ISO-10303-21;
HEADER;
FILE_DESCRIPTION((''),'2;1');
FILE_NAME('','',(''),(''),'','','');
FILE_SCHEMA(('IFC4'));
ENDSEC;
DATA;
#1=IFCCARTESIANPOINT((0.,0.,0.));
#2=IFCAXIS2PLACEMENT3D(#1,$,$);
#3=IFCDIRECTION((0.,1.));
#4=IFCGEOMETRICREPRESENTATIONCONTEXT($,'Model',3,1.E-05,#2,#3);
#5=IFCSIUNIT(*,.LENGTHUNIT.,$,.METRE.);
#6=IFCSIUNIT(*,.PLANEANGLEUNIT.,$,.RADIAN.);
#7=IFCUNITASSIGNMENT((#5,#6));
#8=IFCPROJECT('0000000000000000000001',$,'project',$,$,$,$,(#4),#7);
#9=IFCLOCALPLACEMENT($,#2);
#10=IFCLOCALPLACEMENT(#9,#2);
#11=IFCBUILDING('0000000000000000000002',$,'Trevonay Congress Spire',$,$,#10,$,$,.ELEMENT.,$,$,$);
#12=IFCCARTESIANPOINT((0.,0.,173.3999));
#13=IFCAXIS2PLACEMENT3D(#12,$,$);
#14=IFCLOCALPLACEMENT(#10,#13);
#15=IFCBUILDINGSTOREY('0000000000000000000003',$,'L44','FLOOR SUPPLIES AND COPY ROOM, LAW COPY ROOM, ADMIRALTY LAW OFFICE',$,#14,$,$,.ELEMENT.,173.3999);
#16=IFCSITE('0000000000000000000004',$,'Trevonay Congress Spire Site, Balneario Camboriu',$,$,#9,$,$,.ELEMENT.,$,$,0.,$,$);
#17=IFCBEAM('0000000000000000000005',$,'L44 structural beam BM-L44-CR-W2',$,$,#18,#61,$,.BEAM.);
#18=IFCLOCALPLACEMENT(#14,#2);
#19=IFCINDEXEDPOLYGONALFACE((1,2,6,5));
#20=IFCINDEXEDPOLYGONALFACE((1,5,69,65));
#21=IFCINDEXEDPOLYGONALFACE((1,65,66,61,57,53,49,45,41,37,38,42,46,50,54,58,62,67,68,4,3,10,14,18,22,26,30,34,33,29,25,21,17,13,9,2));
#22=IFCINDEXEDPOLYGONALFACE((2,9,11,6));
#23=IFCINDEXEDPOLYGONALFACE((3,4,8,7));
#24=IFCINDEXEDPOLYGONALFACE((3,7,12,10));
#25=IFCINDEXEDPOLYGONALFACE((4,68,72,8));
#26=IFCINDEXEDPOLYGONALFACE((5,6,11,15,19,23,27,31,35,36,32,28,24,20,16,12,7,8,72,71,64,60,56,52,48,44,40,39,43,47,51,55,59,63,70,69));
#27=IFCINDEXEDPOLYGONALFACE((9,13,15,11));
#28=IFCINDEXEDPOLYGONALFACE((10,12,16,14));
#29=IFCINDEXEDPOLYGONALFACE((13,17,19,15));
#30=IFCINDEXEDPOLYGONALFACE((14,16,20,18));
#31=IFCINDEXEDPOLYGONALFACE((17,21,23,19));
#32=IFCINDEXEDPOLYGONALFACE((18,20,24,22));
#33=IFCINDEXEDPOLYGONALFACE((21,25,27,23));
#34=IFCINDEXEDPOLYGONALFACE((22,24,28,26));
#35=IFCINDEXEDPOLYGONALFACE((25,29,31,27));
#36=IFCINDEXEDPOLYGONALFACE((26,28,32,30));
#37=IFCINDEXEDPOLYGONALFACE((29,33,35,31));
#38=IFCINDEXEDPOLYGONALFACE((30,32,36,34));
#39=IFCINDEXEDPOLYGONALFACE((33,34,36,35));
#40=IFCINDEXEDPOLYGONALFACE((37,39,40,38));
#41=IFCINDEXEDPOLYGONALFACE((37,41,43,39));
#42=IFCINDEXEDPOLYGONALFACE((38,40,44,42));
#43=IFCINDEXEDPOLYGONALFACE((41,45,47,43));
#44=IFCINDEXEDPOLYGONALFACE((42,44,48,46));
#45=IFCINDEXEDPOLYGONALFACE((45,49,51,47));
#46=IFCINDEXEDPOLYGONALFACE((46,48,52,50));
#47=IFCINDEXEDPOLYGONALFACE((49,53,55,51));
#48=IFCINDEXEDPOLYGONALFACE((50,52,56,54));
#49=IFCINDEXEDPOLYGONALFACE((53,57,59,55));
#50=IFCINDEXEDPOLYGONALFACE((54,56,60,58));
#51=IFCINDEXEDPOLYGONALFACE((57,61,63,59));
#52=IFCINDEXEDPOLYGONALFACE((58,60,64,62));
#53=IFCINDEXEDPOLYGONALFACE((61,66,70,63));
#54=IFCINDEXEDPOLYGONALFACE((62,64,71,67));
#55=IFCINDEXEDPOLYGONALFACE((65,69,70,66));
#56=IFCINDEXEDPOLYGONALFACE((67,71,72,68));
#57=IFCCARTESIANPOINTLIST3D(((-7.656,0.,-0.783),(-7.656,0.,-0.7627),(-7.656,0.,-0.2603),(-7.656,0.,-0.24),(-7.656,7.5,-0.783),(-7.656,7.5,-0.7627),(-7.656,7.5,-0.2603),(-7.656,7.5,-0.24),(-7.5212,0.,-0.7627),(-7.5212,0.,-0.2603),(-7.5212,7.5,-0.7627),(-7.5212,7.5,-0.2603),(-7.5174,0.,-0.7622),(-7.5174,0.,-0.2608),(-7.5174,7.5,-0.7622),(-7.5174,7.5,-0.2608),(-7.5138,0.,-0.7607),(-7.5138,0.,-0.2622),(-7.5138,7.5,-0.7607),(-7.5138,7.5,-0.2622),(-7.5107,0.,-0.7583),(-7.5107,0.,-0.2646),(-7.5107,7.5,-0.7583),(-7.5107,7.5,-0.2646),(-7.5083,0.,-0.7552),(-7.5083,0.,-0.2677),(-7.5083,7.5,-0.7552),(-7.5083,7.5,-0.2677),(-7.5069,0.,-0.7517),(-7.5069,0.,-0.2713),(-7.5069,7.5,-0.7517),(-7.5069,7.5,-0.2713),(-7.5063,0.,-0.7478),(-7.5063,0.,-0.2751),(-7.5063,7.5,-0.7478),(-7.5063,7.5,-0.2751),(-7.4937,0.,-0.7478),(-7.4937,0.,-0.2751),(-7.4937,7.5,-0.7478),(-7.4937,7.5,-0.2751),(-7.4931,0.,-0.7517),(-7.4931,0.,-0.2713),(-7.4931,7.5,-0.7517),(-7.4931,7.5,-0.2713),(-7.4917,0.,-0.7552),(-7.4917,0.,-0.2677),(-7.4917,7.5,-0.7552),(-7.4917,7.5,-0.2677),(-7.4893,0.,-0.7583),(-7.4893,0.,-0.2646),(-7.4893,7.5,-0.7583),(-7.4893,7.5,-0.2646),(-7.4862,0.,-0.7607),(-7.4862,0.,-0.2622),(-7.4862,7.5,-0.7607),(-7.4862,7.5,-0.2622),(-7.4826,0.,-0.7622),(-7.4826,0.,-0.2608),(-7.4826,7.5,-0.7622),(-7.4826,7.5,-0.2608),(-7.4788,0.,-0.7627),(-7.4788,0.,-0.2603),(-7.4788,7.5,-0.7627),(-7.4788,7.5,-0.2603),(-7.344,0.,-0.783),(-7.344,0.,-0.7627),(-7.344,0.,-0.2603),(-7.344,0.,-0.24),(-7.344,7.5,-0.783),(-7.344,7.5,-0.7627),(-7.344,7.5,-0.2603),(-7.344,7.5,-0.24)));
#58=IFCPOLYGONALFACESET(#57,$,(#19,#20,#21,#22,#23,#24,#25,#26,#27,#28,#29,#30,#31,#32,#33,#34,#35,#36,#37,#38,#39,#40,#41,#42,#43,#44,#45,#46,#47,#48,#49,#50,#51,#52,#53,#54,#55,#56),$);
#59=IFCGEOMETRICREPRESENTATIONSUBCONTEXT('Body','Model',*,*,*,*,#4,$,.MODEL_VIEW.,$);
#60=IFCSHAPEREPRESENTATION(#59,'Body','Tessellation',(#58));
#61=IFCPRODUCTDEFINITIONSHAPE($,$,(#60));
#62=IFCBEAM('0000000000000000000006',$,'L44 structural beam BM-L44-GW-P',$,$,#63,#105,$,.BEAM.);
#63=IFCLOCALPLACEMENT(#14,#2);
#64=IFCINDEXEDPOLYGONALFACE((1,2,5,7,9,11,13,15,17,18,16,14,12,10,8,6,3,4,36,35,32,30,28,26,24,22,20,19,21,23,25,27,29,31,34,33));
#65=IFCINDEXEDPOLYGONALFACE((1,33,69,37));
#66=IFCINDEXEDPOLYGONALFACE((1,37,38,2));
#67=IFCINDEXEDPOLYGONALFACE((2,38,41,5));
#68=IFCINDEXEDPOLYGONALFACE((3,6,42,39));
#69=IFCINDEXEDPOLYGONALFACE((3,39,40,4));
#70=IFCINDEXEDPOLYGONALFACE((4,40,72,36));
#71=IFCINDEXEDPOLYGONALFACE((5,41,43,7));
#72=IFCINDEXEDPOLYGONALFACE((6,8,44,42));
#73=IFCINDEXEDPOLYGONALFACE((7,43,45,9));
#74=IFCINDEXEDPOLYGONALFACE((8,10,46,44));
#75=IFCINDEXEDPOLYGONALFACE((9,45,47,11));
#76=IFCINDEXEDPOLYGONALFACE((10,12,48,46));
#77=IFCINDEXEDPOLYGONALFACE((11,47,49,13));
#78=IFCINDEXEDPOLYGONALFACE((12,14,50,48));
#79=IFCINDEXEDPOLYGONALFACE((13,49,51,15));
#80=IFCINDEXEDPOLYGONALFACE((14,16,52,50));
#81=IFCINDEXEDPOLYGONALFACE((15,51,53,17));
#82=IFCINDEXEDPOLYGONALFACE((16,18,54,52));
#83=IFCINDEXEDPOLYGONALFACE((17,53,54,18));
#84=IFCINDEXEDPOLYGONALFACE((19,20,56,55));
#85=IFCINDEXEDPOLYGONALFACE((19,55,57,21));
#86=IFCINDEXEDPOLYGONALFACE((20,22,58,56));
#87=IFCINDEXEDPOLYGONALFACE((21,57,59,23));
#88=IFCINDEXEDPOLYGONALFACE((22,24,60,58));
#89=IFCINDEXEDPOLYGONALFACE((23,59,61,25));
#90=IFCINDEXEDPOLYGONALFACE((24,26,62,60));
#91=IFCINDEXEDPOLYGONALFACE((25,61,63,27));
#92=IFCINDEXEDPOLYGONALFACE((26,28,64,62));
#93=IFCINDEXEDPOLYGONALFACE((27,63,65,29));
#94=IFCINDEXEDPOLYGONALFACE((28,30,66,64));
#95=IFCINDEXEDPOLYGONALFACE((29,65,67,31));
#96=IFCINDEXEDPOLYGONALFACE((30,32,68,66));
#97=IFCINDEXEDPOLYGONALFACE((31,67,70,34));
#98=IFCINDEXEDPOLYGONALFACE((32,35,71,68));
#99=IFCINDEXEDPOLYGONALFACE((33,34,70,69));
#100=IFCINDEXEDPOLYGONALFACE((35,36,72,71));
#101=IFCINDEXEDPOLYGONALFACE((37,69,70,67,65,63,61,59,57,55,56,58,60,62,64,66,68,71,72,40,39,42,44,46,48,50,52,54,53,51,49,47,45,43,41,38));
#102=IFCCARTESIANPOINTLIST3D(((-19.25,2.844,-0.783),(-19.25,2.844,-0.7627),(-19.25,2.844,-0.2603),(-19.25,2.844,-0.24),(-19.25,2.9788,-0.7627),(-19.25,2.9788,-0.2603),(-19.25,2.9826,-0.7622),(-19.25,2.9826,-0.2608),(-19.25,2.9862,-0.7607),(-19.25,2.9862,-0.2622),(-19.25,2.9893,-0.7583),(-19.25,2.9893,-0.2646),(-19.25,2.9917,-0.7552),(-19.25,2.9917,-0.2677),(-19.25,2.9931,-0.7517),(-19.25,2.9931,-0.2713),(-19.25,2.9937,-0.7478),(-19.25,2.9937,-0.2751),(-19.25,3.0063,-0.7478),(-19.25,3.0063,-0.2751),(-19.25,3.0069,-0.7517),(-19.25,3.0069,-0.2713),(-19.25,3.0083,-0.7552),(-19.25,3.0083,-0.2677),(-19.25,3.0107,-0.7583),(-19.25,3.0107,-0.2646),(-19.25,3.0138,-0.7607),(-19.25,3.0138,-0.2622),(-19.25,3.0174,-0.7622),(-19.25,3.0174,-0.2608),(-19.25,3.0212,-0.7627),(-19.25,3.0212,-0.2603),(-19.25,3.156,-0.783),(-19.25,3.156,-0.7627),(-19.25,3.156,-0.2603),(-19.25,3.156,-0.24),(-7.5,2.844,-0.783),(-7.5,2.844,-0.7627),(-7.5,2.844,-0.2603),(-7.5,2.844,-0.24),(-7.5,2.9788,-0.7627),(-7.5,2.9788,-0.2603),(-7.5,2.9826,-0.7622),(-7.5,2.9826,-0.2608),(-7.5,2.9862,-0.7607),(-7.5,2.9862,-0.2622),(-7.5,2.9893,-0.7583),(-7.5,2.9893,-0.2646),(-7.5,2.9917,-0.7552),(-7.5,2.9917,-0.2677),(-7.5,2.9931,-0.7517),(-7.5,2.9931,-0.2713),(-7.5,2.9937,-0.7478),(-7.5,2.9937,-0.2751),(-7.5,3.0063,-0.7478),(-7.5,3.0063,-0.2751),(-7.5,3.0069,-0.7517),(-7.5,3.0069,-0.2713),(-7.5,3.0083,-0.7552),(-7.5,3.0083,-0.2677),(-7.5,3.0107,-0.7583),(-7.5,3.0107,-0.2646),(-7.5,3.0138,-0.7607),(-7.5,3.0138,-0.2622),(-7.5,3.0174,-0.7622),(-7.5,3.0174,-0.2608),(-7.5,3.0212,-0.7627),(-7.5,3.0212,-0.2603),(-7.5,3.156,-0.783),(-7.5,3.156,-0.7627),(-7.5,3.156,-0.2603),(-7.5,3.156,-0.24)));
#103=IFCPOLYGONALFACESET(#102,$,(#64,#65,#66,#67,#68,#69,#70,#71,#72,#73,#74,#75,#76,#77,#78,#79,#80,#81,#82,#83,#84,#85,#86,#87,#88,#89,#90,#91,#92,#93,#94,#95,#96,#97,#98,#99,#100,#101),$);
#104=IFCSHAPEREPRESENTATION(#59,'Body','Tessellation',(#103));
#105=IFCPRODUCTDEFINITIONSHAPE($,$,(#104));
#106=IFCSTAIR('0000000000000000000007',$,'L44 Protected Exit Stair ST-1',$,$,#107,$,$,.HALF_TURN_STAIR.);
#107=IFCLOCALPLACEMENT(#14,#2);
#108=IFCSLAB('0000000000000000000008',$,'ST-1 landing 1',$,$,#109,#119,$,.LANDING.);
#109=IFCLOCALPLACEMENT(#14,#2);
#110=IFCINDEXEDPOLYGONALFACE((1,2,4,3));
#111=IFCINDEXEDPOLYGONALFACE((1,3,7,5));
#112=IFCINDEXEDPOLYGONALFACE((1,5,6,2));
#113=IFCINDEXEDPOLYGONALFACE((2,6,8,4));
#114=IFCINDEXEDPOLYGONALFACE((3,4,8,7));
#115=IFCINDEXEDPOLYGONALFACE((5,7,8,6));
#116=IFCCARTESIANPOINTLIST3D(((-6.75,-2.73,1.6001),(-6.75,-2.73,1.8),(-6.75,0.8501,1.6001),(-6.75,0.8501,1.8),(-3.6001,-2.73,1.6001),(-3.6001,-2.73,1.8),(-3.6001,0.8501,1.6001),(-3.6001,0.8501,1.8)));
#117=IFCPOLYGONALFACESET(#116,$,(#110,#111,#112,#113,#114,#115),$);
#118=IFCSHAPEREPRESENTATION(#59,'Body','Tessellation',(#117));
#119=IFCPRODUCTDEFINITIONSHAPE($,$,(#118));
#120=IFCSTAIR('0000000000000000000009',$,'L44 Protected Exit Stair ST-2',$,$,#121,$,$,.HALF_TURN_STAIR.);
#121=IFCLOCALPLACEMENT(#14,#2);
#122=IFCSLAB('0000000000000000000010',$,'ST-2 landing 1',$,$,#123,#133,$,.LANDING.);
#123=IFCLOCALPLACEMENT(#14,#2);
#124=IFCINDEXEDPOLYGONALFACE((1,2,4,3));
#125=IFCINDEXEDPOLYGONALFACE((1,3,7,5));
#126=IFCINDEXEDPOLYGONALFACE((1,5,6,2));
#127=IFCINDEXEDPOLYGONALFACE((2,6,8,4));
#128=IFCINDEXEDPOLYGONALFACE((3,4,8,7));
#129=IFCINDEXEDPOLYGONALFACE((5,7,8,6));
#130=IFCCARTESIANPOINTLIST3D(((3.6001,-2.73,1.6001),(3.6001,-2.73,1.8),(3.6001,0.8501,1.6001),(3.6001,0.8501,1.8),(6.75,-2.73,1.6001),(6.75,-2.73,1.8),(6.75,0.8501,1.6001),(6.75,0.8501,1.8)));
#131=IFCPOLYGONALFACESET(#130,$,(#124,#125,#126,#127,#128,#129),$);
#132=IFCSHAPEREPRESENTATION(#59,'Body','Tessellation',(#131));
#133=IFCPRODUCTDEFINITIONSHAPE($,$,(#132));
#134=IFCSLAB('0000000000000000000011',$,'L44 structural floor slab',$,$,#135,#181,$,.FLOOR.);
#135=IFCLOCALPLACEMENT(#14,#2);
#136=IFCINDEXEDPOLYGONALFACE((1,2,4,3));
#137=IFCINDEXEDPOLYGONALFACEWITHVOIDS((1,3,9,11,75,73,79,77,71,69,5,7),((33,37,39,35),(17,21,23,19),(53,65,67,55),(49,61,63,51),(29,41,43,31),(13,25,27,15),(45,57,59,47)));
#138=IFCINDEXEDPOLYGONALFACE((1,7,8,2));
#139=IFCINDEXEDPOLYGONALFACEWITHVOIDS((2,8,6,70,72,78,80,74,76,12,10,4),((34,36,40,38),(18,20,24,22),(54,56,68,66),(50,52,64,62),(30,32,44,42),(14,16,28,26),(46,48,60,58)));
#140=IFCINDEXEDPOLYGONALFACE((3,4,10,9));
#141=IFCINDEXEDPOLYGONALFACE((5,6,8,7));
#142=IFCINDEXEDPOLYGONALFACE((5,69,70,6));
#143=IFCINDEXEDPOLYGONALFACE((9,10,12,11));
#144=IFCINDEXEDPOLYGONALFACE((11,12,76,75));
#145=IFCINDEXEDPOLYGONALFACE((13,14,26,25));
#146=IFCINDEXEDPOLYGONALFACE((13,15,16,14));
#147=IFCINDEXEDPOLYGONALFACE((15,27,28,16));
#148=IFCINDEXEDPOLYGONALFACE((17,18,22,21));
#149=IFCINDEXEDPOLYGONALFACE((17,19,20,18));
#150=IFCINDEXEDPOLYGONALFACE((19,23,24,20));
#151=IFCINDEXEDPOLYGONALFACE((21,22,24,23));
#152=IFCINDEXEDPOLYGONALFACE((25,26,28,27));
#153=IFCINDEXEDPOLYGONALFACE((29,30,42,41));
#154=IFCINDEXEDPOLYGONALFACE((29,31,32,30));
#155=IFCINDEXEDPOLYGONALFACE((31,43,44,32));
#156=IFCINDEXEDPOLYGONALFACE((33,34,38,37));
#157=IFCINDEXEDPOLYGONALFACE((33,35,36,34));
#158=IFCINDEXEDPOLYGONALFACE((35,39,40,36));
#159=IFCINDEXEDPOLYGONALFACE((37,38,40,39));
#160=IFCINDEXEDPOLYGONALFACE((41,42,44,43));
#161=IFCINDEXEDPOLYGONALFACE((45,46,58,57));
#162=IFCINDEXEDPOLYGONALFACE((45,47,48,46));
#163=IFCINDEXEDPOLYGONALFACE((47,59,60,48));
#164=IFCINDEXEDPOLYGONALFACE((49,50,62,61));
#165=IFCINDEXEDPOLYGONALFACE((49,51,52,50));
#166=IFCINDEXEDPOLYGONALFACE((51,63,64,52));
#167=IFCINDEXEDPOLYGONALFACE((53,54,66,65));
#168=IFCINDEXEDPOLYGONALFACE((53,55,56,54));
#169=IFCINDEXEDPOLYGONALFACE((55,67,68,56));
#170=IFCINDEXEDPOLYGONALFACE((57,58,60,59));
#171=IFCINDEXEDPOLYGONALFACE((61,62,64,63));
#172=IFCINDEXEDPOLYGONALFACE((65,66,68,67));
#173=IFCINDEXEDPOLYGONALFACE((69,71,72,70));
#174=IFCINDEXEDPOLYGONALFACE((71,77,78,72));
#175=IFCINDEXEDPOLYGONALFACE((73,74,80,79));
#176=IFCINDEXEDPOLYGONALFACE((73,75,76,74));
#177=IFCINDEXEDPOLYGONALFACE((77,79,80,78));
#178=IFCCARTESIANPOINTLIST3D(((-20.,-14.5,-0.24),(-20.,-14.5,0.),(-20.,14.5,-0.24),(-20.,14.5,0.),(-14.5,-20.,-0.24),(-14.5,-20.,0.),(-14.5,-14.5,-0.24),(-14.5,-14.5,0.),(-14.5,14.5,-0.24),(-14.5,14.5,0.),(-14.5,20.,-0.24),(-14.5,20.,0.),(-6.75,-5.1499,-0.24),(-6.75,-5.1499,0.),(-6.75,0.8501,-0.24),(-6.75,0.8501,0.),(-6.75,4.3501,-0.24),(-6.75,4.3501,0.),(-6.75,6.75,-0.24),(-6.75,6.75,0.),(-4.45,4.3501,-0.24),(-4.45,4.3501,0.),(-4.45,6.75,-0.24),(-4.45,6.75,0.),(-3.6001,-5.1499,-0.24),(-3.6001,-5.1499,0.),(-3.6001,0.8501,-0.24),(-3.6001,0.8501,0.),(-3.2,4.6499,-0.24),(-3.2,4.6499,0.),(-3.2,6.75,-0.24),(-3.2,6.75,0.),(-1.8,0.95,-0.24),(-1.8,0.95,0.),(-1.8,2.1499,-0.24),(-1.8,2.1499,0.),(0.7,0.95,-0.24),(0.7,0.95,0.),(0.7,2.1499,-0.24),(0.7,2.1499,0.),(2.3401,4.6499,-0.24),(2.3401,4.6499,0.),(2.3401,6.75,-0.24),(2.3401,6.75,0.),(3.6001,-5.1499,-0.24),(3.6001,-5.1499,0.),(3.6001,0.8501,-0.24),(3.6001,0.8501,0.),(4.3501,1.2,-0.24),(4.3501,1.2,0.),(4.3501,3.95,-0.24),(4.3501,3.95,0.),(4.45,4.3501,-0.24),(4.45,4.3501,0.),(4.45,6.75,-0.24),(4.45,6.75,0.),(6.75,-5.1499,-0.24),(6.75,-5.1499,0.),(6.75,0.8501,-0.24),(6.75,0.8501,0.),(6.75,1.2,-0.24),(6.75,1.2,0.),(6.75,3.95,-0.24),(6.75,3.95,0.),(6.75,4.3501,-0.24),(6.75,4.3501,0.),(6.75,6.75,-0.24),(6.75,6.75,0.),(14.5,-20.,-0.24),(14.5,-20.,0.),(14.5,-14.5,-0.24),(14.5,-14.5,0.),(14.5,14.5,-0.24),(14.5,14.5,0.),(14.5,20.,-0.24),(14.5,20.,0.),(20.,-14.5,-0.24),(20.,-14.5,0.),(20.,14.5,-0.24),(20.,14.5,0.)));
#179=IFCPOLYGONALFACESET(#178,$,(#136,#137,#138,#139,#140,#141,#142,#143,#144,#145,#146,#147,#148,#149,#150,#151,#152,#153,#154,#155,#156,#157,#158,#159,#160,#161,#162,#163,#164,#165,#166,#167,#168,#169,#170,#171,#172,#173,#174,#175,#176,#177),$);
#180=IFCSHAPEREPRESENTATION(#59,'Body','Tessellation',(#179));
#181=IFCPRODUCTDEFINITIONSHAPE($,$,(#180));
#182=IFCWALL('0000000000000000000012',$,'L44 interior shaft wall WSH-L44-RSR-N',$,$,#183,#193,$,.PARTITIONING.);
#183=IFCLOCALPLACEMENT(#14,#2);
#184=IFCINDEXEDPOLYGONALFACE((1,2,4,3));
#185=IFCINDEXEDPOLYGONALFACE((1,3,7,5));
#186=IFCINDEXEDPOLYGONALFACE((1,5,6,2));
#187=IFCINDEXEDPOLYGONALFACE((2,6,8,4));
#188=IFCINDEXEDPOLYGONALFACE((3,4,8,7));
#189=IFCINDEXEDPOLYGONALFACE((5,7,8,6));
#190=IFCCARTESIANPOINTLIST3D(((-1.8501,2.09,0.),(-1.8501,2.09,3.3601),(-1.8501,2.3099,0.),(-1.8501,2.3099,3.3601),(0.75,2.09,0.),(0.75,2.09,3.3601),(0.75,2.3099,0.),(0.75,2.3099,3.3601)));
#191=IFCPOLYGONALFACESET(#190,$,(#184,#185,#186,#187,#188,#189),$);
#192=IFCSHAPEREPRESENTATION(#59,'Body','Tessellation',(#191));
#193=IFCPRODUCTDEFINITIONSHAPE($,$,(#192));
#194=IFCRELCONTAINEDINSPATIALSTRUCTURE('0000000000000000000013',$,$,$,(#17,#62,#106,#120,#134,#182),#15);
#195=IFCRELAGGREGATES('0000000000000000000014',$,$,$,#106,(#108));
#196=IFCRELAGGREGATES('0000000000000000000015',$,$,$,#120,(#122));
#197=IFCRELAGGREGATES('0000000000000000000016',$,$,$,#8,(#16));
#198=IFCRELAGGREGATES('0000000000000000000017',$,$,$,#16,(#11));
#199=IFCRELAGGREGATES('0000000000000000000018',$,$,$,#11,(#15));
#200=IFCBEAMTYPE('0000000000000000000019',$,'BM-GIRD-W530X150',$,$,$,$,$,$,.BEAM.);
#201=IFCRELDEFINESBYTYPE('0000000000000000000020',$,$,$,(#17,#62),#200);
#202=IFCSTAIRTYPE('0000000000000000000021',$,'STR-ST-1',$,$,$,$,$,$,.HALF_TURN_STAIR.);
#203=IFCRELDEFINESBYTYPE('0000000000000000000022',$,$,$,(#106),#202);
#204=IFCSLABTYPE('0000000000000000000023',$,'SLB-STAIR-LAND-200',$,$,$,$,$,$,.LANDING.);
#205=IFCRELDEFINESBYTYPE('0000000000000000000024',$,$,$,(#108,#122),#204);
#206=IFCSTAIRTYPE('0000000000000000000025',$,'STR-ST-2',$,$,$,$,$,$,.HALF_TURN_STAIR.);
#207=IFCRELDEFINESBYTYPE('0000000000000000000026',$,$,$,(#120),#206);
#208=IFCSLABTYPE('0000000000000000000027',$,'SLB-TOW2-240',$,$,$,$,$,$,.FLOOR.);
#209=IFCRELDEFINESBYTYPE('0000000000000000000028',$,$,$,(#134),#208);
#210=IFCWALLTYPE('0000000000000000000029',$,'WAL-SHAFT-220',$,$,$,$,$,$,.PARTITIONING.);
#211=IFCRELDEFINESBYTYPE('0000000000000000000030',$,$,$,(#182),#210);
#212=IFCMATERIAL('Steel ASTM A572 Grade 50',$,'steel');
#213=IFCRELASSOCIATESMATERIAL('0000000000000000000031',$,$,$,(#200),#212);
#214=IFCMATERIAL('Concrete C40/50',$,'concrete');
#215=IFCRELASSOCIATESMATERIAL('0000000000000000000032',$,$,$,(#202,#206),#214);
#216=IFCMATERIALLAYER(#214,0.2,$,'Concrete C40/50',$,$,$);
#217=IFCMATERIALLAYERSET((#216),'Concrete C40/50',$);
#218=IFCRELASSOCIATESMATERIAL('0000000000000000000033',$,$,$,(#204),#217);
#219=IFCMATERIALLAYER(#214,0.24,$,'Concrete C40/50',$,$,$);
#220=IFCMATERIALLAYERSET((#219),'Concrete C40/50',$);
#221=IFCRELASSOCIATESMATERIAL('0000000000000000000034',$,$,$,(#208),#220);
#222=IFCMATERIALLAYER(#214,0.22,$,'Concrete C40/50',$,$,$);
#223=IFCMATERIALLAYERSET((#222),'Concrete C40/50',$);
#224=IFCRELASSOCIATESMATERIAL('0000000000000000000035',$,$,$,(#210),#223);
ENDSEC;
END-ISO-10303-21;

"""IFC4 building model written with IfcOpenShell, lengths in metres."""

from ifc_helpers import new_model, si_unit, direction, frame, frame_2d, origin, origin_2d, place, context, subcontext, project, spatial, polyline, rectangle, i_section, outline, extrude, material, layer, layer_set, material_profile, profile_set, type_object, element, aggregate, save


model = new_model("IFC4")

# Units and contexts
model_context = context("Model", 3, precision=1e-05, world=origin(), true_north=direction((0.0, 1.0)))
body_context = subcontext(model_context, "Body", "Model", "MODEL_VIEW")
ifc_project = project(units=[si_unit("LENGTHUNIT", "METRE"), si_unit("PLANEANGLEUNIT", "RADIAN")], contexts=[model_context])

# Site, building, storey
site_placement = place(None, origin())
site = spatial("IfcSite", under=ifc_project, at=site_placement, Name="Trevonay Congress Spire Site, Balneario Camboriu", CompositionType="ELEMENT", RefElevation=0.0)
building_placement = place(site_placement, origin())
building = spatial("IfcBuilding", under=site, at=building_placement, Name="Trevonay Congress Spire", CompositionType="ELEMENT")
storey_placement = place(building_placement, frame((0.0, 0.0, 173.3999)))
storey = spatial("IfcBuildingStorey", under=building, at=storey_placement, Name="L44", Description="FLOOR SUPPLIES AND COPY ROOM, LAW COPY ROOM, ADMIRALTY LAW OFFICE", CompositionType="ELEMENT", Elevation=173.3999)

# Beams
ifc_material_1 = material(Name="Steel ASTM A572 Grade 50", Category="steel")
ifc_material_profile = material_profile(ifc_material_1, i_section(OverallWidth=0.312, OverallDepth=0.543, WebThickness=0.0127, FlangeThickness=0.0203, FilletRadius=0.0149, at=origin_2d()), Name="W530x150")
ifc_profile_set = profile_set([ifc_material_profile], Name="Steel ASTM A572 Grade 50")
beam_type = type_object("IfcBeamType", Name="BM-GIRD-W530X150", PredefinedType="BEAM", material=ifc_profile_set)
beam_1_placement = place(storey_placement, frame((-7.5, 0.0, -0.5115), z_axis=(0.0, 1.0, 0.0), x_axis=(-1.0, 0.0, 0.0)))
element("IfcBeam", 1, at=beam_1_placement, inside=storey, type_object=beam_type, Name="L44 structural beam BM-L44-CR-W2", PredefinedType="BEAM", context=body_context, shape_type="SweptSolid", body=[
    extrude(i_section(OverallWidth=0.312, OverallDepth=0.543, WebThickness=0.0127, FlangeThickness=0.0203, FilletRadius=0.0149, at=origin_2d()), origin(), (0.0, 0.0, 1.0), 7.5),
])
beam_2_placement = place(storey_placement, frame((-7.5, 3.0, -0.5115), z_axis=(-1.0, 0.0, 0.0), x_axis=(0.0, -1.0, 0.0)))
element("IfcBeam", 2, at=beam_2_placement, inside=storey, type_object=beam_type, Name="L44 structural beam BM-L44-GW-P", PredefinedType="BEAM", context=body_context, shape_type="SweptSolid", body=[
    extrude(i_section(OverallWidth=0.312, OverallDepth=0.543, WebThickness=0.0127, FlangeThickness=0.0203, FilletRadius=0.0149, at=origin_2d()), origin(), (0.0, 0.0, 1.0), 11.75),
])

# Stairs, slabs
ifc_material_2 = material(Name="Concrete C40/50", Category="concrete")
stair_type_1 = type_object("IfcStairType", Name="STR-ST-1", PredefinedType="HALF_TURN_STAIR", material=ifc_material_2)
stair_1_placement = place(storey_placement, origin())
stair_1 = element("IfcStair", 3, at=stair_1_placement, inside=storey, type_object=stair_type_1, Name="L44 Protected Exit Stair ST-1", PredefinedType="HALF_TURN_STAIR")
ifc_layer_1 = layer(ifc_material_2, 0.2, Name="Concrete C40/50")
ifc_layer_set_1 = layer_set([ifc_layer_1], Name="Concrete C40/50")
slab_type_1 = type_object("IfcSlabType", Name="SLB-STAIR-LAND-200", PredefinedType="LANDING", material=ifc_layer_set_1)
slab_1_placement = place(storey_placement, frame((0.0, 0.0, 1.6001)))
slab_1 = element("IfcSlab", 4, at=slab_1_placement, type_object=slab_type_1, Name="ST-1 landing 1", PredefinedType="LANDING", context=body_context, shape_type="SweptSolid", body=[
    extrude(outline(polyline([(-3.6001, -2.73), (-3.6001, 0.8501), (-6.75, 0.8501), (-6.75, -2.73), (-3.6001, -2.73)])), origin(), (0.0, 0.0, 1.0), 0.2),
])
aggregate(stair_1, [slab_1])
stair_type_2 = type_object("IfcStairType", Name="STR-ST-2", PredefinedType="HALF_TURN_STAIR", material=ifc_material_2)
stair_2_placement = place(storey_placement, origin())
stair_2 = element("IfcStair", 5, at=stair_2_placement, inside=storey, type_object=stair_type_2, Name="L44 Protected Exit Stair ST-2", PredefinedType="HALF_TURN_STAIR")
slab_2_placement = place(storey_placement, frame((0.0, 0.0, 1.6001)))
slab_2 = element("IfcSlab", 6, at=slab_2_placement, type_object=slab_type_1, Name="ST-2 landing 1", PredefinedType="LANDING", context=body_context, shape_type="SweptSolid", body=[
    extrude(outline(polyline([(6.75, -2.73), (6.75, 0.8501), (3.6001, 0.8501), (3.6001, -2.73), (6.75, -2.73)])), origin(), (0.0, 0.0, 1.0), 0.2),
])
aggregate(stair_2, [slab_2])

# Slab
ifc_layer_2 = layer(ifc_material_2, 0.24, Name="Concrete C40/50")
ifc_layer_set_2 = layer_set([ifc_layer_2], Name="Concrete C40/50")
slab_type_2 = type_object("IfcSlabType", Name="SLB-TOW2-240", PredefinedType="FLOOR", material=ifc_layer_set_2)
slab_3_placement = place(storey_placement, frame((0.0, 0.0, -0.24)))
element("IfcSlab", 7, at=slab_3_placement, inside=storey, type_object=slab_type_2, Name="L44 structural floor slab", PredefinedType="FLOOR", context=body_context, shape_type="SweptSolid", body=[
    extrude(outline(polyline([(-14.5, -20.0), (14.5, -20.0), (14.5, -14.5), (20.0, -14.5), (20.0, 14.5), (14.5, 14.5), (14.5, 20.0), (-14.5, 20.0), (-14.5, 14.5), (-20.0, 14.5), (-20.0, -14.5), (-14.5, -14.5), (-14.5, -20.0)]), holes=[polyline([(-3.6001, -5.1499), (-3.6001, 0.8501), (-6.75, 0.8501), (-6.75, -5.1499), (-3.6001, -5.1499)]), polyline([(6.75, -5.1499), (6.75, 0.8501), (3.6001, 0.8501), (3.6001, -5.1499), (6.75, -5.1499)]), polyline([(-3.2, 4.6499), (2.3401, 4.6499), (2.3401, 6.75), (-3.2, 6.75), (-3.2, 4.6499)]), polyline([(-6.75, 4.3501), (-4.45, 4.3501), (-4.45, 6.75), (-6.75, 6.75), (-6.75, 4.3501)]), polyline([(4.45, 4.3501), (6.75, 4.3501), (6.75, 6.75), (4.45, 6.75), (4.45, 4.3501)]), polyline([(4.3501, 1.2), (6.75, 1.2), (6.75, 3.95), (4.3501, 3.95), (4.3501, 1.2)]), polyline([(-1.8, 0.95), (0.7, 0.95), (0.7, 2.1499), (-1.8, 2.1499), (-1.8, 0.95)])]), origin(), (0.0, 0.0, 1.0), 0.24),
])

# Wall
ifc_layer_3 = layer(ifc_material_2, 0.22, Name="Concrete C40/50")
ifc_layer_set_3 = layer_set([ifc_layer_3], Name="Concrete C40/50")
wall_type_1 = type_object("IfcWallType", Name="WAL-SHAFT-220", PredefinedType="PARTITIONING", material=ifc_layer_set_3)
for number, where, z_axis, x_axis, name in (
    (8, (-1.8501, 2.2, 0.0), (0.0, 0.0, 1.0), (1.0, 0.0, 0.0), "L44 interior shaft wall WSH-L44-RSR-N"),
):
    element("IfcWall", number, at=place(storey_placement, frame(where, z_axis=z_axis, x_axis=x_axis)), inside=storey, type_object=wall_type_1, Name=name, PredefinedType="PARTITIONING", context=body_context, shape_type="SweptSolid", body=[
        extrude(rectangle(XDim=2.6001, YDim=0.22, at=frame_2d((1.3, 0.0))), origin(), (0.0, 0.0, 1.0), 3.3601),
    ])

save(model, "model.ifc")
